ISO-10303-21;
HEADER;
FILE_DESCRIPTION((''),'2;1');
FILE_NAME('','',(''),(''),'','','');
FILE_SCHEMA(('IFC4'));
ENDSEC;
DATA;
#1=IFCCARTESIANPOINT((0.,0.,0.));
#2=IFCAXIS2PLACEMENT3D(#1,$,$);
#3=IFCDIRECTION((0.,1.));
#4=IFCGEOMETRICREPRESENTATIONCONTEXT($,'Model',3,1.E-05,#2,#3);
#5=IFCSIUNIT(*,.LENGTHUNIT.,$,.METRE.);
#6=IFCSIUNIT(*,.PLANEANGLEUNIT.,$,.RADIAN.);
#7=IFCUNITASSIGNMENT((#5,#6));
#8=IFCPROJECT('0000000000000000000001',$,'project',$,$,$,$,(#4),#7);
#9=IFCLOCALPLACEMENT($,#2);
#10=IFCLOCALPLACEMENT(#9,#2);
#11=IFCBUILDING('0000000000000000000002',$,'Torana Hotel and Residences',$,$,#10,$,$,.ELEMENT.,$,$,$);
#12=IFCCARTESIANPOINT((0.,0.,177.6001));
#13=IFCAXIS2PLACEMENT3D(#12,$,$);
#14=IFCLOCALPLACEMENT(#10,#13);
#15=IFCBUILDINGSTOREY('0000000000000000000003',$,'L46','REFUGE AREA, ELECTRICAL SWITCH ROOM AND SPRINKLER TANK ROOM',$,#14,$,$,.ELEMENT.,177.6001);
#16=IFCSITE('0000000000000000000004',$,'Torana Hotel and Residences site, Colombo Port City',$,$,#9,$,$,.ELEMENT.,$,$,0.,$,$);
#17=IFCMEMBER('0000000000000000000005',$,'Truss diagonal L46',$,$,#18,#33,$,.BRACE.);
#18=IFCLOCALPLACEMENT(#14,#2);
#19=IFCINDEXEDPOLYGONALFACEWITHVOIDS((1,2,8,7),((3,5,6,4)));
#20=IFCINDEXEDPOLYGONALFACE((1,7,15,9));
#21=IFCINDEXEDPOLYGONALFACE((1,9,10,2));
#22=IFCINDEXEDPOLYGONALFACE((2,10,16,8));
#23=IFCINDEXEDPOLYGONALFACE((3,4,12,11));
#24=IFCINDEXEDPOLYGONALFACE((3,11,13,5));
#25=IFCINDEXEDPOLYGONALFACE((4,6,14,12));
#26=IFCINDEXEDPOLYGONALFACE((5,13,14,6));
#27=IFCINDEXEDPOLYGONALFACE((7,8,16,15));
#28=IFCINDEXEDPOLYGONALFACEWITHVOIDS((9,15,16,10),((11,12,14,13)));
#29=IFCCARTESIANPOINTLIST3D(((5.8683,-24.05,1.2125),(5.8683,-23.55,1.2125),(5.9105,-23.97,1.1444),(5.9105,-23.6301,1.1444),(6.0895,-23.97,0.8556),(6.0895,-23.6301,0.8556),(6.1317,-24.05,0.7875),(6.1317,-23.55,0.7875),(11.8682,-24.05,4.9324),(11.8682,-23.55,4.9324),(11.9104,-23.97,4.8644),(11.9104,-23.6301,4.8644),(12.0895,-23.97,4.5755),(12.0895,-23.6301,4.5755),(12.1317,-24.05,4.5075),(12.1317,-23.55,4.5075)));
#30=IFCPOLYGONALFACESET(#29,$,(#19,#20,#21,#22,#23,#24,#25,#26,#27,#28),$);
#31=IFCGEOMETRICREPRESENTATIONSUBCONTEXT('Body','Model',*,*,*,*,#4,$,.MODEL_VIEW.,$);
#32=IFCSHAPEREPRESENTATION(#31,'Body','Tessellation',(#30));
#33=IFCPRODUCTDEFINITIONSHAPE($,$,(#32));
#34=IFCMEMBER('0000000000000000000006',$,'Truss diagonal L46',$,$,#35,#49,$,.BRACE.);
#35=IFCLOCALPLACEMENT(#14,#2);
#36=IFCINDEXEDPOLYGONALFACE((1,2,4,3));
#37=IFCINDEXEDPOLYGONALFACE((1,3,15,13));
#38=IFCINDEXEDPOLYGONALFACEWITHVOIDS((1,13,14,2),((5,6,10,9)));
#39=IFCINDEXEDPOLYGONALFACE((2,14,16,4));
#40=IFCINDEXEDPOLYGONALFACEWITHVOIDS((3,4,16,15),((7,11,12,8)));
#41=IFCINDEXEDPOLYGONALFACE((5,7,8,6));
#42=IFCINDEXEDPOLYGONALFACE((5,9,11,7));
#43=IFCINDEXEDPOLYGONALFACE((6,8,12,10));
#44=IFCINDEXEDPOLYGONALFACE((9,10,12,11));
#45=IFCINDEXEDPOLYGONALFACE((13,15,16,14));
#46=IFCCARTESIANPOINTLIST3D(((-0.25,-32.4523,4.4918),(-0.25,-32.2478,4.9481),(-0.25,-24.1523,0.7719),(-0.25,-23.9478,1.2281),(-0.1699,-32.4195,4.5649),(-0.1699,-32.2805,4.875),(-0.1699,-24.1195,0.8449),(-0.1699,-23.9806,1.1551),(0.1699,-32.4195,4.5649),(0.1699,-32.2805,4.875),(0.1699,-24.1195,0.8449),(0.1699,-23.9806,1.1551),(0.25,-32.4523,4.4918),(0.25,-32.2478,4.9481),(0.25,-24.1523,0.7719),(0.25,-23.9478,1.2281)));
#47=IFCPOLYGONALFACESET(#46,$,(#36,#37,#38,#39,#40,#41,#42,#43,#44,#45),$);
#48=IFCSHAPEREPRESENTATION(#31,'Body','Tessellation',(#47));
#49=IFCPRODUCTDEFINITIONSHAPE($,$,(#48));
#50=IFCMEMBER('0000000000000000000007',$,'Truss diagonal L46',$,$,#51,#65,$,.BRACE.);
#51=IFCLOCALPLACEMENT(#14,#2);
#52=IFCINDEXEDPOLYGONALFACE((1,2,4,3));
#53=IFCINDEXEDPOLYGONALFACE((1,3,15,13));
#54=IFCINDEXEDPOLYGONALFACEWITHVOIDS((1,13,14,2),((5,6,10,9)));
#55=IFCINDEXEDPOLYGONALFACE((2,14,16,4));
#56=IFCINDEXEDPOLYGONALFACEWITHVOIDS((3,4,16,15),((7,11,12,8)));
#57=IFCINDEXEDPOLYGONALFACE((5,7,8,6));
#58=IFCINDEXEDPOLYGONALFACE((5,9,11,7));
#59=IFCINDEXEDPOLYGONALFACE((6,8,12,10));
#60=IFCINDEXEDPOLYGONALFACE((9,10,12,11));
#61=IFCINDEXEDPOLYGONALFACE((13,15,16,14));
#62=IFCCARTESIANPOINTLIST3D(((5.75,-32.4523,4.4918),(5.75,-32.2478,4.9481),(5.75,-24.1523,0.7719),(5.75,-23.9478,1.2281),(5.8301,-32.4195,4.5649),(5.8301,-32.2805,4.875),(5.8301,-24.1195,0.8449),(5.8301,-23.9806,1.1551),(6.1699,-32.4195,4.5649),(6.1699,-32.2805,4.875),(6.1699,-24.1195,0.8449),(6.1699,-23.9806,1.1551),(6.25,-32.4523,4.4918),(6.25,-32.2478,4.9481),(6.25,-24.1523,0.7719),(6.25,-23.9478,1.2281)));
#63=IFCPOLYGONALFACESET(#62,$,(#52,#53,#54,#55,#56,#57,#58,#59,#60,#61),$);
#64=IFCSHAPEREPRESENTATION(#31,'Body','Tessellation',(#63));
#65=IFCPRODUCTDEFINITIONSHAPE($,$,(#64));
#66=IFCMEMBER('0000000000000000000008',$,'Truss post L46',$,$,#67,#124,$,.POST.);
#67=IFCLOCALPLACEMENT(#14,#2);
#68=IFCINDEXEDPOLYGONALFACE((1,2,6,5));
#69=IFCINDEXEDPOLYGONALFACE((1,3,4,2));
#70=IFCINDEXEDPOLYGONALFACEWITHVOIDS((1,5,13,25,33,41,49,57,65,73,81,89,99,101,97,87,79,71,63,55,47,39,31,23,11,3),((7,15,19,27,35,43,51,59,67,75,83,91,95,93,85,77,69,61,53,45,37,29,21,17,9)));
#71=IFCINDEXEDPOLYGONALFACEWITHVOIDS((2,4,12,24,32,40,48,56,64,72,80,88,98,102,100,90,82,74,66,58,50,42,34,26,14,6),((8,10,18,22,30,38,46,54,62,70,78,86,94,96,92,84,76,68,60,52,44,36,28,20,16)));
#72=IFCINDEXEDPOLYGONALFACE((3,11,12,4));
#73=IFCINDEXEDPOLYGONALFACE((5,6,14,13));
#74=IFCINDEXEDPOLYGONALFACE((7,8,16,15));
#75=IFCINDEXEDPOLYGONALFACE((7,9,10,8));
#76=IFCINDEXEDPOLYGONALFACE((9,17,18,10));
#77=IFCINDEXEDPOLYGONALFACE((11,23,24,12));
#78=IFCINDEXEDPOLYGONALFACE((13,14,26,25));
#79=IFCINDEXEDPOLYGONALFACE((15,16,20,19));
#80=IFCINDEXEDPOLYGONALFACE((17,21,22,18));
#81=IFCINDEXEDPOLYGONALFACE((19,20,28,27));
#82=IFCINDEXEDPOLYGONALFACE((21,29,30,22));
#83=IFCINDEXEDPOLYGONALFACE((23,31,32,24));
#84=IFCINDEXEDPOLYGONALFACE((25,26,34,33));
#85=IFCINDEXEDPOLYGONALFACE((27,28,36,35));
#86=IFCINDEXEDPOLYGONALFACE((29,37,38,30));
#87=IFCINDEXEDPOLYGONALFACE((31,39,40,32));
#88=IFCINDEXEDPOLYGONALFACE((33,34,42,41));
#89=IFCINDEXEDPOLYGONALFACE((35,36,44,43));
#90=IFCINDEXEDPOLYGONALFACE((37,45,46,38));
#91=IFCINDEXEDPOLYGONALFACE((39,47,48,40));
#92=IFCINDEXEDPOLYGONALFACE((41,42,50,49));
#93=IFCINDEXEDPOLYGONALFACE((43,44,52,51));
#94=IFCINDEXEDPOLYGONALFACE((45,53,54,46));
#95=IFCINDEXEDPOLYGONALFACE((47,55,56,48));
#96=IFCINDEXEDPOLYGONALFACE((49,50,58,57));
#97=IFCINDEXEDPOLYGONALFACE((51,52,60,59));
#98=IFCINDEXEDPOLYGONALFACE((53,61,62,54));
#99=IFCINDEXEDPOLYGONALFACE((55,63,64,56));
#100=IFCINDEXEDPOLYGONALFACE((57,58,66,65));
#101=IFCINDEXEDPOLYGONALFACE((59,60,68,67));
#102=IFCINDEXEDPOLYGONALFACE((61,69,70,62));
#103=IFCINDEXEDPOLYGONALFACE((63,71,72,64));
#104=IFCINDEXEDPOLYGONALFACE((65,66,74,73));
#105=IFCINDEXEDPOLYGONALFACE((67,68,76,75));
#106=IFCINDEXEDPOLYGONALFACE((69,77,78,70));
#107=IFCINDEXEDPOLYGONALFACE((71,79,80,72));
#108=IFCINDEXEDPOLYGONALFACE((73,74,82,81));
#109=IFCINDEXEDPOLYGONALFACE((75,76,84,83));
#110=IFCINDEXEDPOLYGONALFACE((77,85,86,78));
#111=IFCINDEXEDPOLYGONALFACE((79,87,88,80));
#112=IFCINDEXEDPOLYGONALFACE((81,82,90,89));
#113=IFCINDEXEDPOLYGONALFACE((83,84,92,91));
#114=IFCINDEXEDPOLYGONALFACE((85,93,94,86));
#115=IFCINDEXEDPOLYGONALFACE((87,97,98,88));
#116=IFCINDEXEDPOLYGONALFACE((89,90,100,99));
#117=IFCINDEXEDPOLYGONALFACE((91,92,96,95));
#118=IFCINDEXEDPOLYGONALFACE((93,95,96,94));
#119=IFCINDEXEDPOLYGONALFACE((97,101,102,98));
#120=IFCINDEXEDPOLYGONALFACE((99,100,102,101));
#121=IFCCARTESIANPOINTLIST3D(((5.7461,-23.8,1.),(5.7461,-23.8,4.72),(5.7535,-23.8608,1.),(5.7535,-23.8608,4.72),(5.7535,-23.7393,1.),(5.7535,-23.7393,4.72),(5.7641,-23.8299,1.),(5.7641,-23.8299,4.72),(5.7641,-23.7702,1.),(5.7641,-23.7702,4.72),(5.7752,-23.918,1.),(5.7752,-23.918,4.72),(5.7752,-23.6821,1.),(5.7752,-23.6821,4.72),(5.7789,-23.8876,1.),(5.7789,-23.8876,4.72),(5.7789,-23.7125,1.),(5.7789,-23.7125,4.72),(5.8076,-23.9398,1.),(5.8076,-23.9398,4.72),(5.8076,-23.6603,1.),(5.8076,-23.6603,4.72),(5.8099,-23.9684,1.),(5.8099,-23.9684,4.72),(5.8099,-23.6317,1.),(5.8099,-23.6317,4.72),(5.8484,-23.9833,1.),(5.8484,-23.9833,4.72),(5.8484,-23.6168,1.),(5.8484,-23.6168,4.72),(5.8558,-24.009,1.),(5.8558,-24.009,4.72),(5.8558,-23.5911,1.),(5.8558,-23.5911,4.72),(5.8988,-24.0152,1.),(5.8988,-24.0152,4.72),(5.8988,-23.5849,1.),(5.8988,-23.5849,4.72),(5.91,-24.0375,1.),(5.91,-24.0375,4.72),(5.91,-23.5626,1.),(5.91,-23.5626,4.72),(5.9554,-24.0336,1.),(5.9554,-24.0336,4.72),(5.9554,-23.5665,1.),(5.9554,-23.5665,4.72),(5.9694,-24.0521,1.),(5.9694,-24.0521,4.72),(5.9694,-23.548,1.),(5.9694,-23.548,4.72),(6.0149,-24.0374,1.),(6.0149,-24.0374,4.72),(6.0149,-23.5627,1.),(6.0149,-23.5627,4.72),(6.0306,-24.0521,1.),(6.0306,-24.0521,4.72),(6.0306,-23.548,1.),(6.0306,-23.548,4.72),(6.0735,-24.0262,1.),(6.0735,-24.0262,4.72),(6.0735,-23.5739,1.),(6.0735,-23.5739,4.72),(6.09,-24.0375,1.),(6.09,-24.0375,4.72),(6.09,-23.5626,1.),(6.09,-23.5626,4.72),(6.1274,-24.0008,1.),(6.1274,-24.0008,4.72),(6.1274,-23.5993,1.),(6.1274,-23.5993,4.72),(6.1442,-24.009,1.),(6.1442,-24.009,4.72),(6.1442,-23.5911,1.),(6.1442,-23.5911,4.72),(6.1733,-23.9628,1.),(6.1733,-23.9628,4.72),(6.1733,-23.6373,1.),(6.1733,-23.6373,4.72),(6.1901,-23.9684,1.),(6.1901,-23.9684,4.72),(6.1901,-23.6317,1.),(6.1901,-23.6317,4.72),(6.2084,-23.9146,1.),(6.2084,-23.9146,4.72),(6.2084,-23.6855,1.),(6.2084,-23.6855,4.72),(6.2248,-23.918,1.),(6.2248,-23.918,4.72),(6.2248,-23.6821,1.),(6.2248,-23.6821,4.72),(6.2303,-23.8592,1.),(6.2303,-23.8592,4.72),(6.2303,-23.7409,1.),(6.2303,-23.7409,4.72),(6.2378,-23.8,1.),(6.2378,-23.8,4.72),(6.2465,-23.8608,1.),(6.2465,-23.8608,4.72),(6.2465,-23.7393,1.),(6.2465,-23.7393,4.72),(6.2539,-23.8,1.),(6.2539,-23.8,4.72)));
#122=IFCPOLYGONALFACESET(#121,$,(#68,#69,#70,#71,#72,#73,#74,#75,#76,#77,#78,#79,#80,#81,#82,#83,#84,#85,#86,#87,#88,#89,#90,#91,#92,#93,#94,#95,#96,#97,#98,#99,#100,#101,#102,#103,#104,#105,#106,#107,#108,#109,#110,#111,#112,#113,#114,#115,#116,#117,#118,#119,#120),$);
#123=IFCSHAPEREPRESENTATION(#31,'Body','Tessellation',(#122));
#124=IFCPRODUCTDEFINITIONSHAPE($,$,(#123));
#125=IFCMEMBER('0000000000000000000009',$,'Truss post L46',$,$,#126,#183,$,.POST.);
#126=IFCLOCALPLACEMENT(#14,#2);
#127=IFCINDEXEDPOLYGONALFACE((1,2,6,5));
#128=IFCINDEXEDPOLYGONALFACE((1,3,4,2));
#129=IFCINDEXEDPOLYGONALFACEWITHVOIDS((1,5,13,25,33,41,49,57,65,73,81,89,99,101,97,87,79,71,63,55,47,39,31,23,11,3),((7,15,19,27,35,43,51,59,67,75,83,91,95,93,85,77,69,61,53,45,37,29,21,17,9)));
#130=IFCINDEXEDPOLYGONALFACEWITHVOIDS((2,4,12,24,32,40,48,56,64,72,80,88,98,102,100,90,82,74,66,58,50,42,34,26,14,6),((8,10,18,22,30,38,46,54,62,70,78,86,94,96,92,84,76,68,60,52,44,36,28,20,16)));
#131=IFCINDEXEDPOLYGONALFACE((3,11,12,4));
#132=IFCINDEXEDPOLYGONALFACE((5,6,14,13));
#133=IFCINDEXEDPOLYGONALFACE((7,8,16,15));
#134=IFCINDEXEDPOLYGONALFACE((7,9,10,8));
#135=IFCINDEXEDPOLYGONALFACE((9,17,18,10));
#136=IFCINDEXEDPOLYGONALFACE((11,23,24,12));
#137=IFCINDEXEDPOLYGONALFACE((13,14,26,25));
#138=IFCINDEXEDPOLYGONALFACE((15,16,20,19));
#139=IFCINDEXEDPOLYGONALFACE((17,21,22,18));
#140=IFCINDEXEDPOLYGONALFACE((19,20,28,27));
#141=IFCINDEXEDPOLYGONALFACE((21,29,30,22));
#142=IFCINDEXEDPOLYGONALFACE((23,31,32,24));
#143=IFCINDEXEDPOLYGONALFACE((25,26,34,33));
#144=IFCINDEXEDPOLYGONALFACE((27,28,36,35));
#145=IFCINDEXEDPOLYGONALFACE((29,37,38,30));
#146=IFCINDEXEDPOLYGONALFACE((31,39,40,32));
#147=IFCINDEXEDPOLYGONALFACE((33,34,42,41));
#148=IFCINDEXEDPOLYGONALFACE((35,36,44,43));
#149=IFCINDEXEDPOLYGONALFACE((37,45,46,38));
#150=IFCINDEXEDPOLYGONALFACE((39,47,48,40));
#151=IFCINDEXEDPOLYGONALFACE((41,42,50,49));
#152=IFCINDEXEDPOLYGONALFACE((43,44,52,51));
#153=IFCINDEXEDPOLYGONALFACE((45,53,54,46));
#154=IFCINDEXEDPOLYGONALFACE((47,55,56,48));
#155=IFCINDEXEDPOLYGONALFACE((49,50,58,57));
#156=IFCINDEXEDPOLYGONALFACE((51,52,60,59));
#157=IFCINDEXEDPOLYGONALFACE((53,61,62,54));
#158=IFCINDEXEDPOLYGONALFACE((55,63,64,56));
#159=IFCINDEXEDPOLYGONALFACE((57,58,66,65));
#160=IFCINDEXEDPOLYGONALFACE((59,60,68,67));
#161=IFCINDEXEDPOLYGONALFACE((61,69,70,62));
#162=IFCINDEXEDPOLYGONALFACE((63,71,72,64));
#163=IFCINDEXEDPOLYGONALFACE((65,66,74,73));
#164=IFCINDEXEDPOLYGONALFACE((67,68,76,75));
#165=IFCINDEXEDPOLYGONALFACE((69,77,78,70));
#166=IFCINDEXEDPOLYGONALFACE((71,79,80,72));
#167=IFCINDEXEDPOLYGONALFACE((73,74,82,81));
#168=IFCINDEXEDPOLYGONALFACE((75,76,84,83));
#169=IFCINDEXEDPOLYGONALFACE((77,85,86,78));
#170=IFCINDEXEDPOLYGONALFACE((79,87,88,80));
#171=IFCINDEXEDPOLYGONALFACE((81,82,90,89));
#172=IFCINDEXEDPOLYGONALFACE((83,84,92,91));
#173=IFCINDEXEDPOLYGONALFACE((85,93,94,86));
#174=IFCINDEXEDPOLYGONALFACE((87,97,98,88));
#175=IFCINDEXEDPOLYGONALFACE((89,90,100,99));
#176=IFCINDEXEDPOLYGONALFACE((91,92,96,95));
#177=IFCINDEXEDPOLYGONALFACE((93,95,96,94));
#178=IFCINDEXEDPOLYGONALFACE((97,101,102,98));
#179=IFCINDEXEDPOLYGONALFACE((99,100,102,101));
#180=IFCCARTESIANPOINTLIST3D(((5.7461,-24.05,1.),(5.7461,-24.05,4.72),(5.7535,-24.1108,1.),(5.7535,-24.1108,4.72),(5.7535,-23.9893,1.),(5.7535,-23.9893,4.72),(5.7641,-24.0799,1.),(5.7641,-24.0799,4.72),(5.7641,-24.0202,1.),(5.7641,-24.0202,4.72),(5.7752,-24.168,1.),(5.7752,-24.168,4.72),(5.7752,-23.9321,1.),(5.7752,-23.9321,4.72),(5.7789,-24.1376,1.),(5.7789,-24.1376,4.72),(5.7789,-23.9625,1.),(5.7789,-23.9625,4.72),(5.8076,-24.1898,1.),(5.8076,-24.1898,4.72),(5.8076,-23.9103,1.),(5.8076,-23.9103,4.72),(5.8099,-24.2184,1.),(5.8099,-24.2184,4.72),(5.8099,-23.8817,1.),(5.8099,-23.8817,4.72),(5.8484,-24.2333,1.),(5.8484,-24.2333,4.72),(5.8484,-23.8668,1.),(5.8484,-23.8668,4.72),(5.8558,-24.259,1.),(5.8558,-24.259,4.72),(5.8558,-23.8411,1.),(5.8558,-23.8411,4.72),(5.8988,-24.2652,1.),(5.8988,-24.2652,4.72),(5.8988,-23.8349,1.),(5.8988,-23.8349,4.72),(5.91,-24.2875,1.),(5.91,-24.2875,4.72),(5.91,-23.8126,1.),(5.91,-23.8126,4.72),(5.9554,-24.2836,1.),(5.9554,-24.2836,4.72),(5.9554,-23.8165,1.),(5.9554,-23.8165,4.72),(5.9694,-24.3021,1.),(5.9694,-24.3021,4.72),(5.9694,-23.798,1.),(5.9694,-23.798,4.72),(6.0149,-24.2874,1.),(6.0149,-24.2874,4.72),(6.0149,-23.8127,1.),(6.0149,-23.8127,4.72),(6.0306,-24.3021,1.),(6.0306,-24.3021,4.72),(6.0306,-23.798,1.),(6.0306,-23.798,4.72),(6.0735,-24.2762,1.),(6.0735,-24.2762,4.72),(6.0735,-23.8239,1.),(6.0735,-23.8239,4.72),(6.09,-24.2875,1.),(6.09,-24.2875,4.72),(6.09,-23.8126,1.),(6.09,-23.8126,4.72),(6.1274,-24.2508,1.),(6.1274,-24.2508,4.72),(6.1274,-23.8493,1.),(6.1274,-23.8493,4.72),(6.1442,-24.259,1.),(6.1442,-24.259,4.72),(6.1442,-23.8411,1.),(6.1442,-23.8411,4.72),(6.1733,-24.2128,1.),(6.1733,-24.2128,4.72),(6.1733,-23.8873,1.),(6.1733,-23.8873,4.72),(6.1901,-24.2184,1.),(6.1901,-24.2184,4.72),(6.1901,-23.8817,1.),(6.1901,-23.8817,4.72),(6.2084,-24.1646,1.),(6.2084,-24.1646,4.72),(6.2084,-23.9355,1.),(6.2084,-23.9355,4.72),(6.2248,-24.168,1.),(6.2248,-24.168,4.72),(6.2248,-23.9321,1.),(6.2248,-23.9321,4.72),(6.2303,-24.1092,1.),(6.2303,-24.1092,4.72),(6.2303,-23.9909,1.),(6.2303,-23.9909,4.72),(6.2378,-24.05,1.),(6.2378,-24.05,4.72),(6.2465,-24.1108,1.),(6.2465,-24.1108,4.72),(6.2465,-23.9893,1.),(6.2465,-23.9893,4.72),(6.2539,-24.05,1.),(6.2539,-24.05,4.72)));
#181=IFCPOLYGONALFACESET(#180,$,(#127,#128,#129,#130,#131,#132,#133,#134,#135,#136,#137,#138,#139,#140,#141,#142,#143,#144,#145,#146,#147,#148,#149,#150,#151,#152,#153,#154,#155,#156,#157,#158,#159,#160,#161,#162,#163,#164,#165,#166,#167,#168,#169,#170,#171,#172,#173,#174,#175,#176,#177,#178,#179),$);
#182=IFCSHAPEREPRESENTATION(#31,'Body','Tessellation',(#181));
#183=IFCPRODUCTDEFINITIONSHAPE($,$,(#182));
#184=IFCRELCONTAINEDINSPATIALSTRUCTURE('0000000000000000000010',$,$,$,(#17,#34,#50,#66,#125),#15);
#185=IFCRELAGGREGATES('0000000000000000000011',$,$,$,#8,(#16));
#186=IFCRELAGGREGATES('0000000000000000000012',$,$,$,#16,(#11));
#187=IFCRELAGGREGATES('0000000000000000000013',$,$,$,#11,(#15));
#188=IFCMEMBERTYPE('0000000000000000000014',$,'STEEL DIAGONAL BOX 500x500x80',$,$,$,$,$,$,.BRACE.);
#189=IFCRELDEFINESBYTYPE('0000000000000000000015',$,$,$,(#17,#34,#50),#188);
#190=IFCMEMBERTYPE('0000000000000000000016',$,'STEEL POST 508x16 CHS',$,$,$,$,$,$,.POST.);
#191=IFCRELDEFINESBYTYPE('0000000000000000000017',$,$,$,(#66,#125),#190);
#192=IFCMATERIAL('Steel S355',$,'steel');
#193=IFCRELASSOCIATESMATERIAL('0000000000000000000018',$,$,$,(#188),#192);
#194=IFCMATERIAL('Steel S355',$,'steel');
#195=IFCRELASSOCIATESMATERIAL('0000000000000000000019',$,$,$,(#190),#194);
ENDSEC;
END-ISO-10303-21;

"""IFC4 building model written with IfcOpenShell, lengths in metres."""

from ifc_helpers import new_model, si_unit, direction, frame, origin, origin_2d, place, context, subcontext, project, spatial, hollow_rectangle, hollow_circle, extrude, material, material_profile, profile_set, type_object, element, save


model = new_model("IFC4")

# Units and contexts
model_context = context("Model", 3, precision=1e-05, world=origin(), true_north=direction((0.0, 1.0)))
body_context = subcontext(model_context, "Body", "Model", "MODEL_VIEW")
ifc_project = project(units=[si_unit("LENGTHUNIT", "METRE"), si_unit("PLANEANGLEUNIT", "RADIAN")], contexts=[model_context])

# Site, building, storey
site_placement = place(None, origin())
site = spatial("IfcSite", under=ifc_project, at=site_placement, Name="Torana Hotel and Residences site, Colombo Port City", CompositionType="ELEMENT", RefElevation=0.0)
building_placement = place(site_placement, origin())
building = spatial("IfcBuilding", under=site, at=building_placement, Name="Torana Hotel and Residences", CompositionType="ELEMENT")
storey_placement = place(building_placement, frame((0.0, 0.0, 177.6001)))
storey = spatial("IfcBuildingStorey", under=building, at=storey_placement, Name="L46", Description="REFUGE AREA, ELECTRICAL SWITCH ROOM AND SPRINKLER TANK ROOM", CompositionType="ELEMENT", Elevation=177.6001)

# Members
ifc_material_1 = material(Name="Steel S355", Category="steel")
ifc_material_profile_1 = material_profile(ifc_material_1, hollow_rectangle(XDim=0.5, YDim=0.5, WallThickness=0.0801, at=origin_2d()), Name="BOX 500x500x80")
ifc_profile_set_1 = profile_set([ifc_material_profile_1], Name="Steel S355")
member_type_1 = type_object("IfcMemberType", Name="STEEL DIAGONAL BOX 500x500x80", PredefinedType="BRACE", material=ifc_profile_set_1)
for number, where, z_axis, x_axis, name in (
    (1, (6.0, -23.8, 1.0), (0.849905, 0.0, 0.526937), (0.0, 1.0, 0.0), "Truss diagonal L46"),
):
    element("IfcMember", number, at=place(storey_placement, frame(where, z_axis=z_axis, x_axis=x_axis)), inside=storey, type_object=member_type_1, Name=name, PredefinedType="BRACE", context=body_context, shape_type="SweptSolid", body=[
        extrude(hollow_rectangle(XDim=0.5, YDim=0.5, WallThickness=0.0801, at=origin_2d()), origin(), (0.0, 0.0, 1.0), 7.0596),
    ])
for number, where, z_axis, x_axis, name in (
    (2, (0.0, -24.05, 1.0), (0.0, -0.91254, 0.408988), (1.0, 0.0, 0.0), "Truss diagonal L46"),
    (3, (6.0, -24.05, 1.0), (0.0, -0.91254, 0.408988), (1.0, 0.0, 0.0), "Truss diagonal L46"),
):
    element("IfcMember", number, at=place(storey_placement, frame(where, z_axis=z_axis, x_axis=x_axis)), inside=storey, type_object=member_type_1, Name=name, PredefinedType="BRACE", context=body_context, shape_type="SweptSolid", body=[
        extrude(hollow_rectangle(XDim=0.5, YDim=0.5, WallThickness=0.0801, at=origin_2d()), origin(), (0.0, 0.0, 1.0), 9.0955),
    ])
ifc_material_2 = material(Name="Steel S355", Category="steel")
ifc_material_profile_2 = material_profile(ifc_material_2, hollow_circle(Radius=0.2539, WallThickness=0.0161, at=origin_2d()), Name="508x16 CHS")
ifc_profile_set_2 = profile_set([ifc_material_profile_2], Name="Steel S355")
member_type_2 = type_object("IfcMemberType", Name="STEEL POST 508x16 CHS", PredefinedType="POST", material=ifc_profile_set_2)
for number, where, z_axis, x_axis, name in (
    (4, (6.0, -23.8, 1.0), (0.0, 0.0, 1.0), (1.0, 0.0, 0.0), "Truss post L46"),
    (5, (6.0, -24.05, 1.0), (0.0, 0.0, 1.0), (1.0, 0.0, 0.0), "Truss post L46"),
):
    element("IfcMember", number, at=place(storey_placement, frame(where, z_axis=z_axis, x_axis=x_axis)), inside=storey, type_object=member_type_2, Name=name, PredefinedType="POST", context=body_context, shape_type="SweptSolid", body=[
        extrude(hollow_circle(Radius=0.2539, WallThickness=0.0161, at=origin_2d()), origin(), (0.0, 0.0, 1.0), 3.72),
    ])

save(model, "model.ifc")
